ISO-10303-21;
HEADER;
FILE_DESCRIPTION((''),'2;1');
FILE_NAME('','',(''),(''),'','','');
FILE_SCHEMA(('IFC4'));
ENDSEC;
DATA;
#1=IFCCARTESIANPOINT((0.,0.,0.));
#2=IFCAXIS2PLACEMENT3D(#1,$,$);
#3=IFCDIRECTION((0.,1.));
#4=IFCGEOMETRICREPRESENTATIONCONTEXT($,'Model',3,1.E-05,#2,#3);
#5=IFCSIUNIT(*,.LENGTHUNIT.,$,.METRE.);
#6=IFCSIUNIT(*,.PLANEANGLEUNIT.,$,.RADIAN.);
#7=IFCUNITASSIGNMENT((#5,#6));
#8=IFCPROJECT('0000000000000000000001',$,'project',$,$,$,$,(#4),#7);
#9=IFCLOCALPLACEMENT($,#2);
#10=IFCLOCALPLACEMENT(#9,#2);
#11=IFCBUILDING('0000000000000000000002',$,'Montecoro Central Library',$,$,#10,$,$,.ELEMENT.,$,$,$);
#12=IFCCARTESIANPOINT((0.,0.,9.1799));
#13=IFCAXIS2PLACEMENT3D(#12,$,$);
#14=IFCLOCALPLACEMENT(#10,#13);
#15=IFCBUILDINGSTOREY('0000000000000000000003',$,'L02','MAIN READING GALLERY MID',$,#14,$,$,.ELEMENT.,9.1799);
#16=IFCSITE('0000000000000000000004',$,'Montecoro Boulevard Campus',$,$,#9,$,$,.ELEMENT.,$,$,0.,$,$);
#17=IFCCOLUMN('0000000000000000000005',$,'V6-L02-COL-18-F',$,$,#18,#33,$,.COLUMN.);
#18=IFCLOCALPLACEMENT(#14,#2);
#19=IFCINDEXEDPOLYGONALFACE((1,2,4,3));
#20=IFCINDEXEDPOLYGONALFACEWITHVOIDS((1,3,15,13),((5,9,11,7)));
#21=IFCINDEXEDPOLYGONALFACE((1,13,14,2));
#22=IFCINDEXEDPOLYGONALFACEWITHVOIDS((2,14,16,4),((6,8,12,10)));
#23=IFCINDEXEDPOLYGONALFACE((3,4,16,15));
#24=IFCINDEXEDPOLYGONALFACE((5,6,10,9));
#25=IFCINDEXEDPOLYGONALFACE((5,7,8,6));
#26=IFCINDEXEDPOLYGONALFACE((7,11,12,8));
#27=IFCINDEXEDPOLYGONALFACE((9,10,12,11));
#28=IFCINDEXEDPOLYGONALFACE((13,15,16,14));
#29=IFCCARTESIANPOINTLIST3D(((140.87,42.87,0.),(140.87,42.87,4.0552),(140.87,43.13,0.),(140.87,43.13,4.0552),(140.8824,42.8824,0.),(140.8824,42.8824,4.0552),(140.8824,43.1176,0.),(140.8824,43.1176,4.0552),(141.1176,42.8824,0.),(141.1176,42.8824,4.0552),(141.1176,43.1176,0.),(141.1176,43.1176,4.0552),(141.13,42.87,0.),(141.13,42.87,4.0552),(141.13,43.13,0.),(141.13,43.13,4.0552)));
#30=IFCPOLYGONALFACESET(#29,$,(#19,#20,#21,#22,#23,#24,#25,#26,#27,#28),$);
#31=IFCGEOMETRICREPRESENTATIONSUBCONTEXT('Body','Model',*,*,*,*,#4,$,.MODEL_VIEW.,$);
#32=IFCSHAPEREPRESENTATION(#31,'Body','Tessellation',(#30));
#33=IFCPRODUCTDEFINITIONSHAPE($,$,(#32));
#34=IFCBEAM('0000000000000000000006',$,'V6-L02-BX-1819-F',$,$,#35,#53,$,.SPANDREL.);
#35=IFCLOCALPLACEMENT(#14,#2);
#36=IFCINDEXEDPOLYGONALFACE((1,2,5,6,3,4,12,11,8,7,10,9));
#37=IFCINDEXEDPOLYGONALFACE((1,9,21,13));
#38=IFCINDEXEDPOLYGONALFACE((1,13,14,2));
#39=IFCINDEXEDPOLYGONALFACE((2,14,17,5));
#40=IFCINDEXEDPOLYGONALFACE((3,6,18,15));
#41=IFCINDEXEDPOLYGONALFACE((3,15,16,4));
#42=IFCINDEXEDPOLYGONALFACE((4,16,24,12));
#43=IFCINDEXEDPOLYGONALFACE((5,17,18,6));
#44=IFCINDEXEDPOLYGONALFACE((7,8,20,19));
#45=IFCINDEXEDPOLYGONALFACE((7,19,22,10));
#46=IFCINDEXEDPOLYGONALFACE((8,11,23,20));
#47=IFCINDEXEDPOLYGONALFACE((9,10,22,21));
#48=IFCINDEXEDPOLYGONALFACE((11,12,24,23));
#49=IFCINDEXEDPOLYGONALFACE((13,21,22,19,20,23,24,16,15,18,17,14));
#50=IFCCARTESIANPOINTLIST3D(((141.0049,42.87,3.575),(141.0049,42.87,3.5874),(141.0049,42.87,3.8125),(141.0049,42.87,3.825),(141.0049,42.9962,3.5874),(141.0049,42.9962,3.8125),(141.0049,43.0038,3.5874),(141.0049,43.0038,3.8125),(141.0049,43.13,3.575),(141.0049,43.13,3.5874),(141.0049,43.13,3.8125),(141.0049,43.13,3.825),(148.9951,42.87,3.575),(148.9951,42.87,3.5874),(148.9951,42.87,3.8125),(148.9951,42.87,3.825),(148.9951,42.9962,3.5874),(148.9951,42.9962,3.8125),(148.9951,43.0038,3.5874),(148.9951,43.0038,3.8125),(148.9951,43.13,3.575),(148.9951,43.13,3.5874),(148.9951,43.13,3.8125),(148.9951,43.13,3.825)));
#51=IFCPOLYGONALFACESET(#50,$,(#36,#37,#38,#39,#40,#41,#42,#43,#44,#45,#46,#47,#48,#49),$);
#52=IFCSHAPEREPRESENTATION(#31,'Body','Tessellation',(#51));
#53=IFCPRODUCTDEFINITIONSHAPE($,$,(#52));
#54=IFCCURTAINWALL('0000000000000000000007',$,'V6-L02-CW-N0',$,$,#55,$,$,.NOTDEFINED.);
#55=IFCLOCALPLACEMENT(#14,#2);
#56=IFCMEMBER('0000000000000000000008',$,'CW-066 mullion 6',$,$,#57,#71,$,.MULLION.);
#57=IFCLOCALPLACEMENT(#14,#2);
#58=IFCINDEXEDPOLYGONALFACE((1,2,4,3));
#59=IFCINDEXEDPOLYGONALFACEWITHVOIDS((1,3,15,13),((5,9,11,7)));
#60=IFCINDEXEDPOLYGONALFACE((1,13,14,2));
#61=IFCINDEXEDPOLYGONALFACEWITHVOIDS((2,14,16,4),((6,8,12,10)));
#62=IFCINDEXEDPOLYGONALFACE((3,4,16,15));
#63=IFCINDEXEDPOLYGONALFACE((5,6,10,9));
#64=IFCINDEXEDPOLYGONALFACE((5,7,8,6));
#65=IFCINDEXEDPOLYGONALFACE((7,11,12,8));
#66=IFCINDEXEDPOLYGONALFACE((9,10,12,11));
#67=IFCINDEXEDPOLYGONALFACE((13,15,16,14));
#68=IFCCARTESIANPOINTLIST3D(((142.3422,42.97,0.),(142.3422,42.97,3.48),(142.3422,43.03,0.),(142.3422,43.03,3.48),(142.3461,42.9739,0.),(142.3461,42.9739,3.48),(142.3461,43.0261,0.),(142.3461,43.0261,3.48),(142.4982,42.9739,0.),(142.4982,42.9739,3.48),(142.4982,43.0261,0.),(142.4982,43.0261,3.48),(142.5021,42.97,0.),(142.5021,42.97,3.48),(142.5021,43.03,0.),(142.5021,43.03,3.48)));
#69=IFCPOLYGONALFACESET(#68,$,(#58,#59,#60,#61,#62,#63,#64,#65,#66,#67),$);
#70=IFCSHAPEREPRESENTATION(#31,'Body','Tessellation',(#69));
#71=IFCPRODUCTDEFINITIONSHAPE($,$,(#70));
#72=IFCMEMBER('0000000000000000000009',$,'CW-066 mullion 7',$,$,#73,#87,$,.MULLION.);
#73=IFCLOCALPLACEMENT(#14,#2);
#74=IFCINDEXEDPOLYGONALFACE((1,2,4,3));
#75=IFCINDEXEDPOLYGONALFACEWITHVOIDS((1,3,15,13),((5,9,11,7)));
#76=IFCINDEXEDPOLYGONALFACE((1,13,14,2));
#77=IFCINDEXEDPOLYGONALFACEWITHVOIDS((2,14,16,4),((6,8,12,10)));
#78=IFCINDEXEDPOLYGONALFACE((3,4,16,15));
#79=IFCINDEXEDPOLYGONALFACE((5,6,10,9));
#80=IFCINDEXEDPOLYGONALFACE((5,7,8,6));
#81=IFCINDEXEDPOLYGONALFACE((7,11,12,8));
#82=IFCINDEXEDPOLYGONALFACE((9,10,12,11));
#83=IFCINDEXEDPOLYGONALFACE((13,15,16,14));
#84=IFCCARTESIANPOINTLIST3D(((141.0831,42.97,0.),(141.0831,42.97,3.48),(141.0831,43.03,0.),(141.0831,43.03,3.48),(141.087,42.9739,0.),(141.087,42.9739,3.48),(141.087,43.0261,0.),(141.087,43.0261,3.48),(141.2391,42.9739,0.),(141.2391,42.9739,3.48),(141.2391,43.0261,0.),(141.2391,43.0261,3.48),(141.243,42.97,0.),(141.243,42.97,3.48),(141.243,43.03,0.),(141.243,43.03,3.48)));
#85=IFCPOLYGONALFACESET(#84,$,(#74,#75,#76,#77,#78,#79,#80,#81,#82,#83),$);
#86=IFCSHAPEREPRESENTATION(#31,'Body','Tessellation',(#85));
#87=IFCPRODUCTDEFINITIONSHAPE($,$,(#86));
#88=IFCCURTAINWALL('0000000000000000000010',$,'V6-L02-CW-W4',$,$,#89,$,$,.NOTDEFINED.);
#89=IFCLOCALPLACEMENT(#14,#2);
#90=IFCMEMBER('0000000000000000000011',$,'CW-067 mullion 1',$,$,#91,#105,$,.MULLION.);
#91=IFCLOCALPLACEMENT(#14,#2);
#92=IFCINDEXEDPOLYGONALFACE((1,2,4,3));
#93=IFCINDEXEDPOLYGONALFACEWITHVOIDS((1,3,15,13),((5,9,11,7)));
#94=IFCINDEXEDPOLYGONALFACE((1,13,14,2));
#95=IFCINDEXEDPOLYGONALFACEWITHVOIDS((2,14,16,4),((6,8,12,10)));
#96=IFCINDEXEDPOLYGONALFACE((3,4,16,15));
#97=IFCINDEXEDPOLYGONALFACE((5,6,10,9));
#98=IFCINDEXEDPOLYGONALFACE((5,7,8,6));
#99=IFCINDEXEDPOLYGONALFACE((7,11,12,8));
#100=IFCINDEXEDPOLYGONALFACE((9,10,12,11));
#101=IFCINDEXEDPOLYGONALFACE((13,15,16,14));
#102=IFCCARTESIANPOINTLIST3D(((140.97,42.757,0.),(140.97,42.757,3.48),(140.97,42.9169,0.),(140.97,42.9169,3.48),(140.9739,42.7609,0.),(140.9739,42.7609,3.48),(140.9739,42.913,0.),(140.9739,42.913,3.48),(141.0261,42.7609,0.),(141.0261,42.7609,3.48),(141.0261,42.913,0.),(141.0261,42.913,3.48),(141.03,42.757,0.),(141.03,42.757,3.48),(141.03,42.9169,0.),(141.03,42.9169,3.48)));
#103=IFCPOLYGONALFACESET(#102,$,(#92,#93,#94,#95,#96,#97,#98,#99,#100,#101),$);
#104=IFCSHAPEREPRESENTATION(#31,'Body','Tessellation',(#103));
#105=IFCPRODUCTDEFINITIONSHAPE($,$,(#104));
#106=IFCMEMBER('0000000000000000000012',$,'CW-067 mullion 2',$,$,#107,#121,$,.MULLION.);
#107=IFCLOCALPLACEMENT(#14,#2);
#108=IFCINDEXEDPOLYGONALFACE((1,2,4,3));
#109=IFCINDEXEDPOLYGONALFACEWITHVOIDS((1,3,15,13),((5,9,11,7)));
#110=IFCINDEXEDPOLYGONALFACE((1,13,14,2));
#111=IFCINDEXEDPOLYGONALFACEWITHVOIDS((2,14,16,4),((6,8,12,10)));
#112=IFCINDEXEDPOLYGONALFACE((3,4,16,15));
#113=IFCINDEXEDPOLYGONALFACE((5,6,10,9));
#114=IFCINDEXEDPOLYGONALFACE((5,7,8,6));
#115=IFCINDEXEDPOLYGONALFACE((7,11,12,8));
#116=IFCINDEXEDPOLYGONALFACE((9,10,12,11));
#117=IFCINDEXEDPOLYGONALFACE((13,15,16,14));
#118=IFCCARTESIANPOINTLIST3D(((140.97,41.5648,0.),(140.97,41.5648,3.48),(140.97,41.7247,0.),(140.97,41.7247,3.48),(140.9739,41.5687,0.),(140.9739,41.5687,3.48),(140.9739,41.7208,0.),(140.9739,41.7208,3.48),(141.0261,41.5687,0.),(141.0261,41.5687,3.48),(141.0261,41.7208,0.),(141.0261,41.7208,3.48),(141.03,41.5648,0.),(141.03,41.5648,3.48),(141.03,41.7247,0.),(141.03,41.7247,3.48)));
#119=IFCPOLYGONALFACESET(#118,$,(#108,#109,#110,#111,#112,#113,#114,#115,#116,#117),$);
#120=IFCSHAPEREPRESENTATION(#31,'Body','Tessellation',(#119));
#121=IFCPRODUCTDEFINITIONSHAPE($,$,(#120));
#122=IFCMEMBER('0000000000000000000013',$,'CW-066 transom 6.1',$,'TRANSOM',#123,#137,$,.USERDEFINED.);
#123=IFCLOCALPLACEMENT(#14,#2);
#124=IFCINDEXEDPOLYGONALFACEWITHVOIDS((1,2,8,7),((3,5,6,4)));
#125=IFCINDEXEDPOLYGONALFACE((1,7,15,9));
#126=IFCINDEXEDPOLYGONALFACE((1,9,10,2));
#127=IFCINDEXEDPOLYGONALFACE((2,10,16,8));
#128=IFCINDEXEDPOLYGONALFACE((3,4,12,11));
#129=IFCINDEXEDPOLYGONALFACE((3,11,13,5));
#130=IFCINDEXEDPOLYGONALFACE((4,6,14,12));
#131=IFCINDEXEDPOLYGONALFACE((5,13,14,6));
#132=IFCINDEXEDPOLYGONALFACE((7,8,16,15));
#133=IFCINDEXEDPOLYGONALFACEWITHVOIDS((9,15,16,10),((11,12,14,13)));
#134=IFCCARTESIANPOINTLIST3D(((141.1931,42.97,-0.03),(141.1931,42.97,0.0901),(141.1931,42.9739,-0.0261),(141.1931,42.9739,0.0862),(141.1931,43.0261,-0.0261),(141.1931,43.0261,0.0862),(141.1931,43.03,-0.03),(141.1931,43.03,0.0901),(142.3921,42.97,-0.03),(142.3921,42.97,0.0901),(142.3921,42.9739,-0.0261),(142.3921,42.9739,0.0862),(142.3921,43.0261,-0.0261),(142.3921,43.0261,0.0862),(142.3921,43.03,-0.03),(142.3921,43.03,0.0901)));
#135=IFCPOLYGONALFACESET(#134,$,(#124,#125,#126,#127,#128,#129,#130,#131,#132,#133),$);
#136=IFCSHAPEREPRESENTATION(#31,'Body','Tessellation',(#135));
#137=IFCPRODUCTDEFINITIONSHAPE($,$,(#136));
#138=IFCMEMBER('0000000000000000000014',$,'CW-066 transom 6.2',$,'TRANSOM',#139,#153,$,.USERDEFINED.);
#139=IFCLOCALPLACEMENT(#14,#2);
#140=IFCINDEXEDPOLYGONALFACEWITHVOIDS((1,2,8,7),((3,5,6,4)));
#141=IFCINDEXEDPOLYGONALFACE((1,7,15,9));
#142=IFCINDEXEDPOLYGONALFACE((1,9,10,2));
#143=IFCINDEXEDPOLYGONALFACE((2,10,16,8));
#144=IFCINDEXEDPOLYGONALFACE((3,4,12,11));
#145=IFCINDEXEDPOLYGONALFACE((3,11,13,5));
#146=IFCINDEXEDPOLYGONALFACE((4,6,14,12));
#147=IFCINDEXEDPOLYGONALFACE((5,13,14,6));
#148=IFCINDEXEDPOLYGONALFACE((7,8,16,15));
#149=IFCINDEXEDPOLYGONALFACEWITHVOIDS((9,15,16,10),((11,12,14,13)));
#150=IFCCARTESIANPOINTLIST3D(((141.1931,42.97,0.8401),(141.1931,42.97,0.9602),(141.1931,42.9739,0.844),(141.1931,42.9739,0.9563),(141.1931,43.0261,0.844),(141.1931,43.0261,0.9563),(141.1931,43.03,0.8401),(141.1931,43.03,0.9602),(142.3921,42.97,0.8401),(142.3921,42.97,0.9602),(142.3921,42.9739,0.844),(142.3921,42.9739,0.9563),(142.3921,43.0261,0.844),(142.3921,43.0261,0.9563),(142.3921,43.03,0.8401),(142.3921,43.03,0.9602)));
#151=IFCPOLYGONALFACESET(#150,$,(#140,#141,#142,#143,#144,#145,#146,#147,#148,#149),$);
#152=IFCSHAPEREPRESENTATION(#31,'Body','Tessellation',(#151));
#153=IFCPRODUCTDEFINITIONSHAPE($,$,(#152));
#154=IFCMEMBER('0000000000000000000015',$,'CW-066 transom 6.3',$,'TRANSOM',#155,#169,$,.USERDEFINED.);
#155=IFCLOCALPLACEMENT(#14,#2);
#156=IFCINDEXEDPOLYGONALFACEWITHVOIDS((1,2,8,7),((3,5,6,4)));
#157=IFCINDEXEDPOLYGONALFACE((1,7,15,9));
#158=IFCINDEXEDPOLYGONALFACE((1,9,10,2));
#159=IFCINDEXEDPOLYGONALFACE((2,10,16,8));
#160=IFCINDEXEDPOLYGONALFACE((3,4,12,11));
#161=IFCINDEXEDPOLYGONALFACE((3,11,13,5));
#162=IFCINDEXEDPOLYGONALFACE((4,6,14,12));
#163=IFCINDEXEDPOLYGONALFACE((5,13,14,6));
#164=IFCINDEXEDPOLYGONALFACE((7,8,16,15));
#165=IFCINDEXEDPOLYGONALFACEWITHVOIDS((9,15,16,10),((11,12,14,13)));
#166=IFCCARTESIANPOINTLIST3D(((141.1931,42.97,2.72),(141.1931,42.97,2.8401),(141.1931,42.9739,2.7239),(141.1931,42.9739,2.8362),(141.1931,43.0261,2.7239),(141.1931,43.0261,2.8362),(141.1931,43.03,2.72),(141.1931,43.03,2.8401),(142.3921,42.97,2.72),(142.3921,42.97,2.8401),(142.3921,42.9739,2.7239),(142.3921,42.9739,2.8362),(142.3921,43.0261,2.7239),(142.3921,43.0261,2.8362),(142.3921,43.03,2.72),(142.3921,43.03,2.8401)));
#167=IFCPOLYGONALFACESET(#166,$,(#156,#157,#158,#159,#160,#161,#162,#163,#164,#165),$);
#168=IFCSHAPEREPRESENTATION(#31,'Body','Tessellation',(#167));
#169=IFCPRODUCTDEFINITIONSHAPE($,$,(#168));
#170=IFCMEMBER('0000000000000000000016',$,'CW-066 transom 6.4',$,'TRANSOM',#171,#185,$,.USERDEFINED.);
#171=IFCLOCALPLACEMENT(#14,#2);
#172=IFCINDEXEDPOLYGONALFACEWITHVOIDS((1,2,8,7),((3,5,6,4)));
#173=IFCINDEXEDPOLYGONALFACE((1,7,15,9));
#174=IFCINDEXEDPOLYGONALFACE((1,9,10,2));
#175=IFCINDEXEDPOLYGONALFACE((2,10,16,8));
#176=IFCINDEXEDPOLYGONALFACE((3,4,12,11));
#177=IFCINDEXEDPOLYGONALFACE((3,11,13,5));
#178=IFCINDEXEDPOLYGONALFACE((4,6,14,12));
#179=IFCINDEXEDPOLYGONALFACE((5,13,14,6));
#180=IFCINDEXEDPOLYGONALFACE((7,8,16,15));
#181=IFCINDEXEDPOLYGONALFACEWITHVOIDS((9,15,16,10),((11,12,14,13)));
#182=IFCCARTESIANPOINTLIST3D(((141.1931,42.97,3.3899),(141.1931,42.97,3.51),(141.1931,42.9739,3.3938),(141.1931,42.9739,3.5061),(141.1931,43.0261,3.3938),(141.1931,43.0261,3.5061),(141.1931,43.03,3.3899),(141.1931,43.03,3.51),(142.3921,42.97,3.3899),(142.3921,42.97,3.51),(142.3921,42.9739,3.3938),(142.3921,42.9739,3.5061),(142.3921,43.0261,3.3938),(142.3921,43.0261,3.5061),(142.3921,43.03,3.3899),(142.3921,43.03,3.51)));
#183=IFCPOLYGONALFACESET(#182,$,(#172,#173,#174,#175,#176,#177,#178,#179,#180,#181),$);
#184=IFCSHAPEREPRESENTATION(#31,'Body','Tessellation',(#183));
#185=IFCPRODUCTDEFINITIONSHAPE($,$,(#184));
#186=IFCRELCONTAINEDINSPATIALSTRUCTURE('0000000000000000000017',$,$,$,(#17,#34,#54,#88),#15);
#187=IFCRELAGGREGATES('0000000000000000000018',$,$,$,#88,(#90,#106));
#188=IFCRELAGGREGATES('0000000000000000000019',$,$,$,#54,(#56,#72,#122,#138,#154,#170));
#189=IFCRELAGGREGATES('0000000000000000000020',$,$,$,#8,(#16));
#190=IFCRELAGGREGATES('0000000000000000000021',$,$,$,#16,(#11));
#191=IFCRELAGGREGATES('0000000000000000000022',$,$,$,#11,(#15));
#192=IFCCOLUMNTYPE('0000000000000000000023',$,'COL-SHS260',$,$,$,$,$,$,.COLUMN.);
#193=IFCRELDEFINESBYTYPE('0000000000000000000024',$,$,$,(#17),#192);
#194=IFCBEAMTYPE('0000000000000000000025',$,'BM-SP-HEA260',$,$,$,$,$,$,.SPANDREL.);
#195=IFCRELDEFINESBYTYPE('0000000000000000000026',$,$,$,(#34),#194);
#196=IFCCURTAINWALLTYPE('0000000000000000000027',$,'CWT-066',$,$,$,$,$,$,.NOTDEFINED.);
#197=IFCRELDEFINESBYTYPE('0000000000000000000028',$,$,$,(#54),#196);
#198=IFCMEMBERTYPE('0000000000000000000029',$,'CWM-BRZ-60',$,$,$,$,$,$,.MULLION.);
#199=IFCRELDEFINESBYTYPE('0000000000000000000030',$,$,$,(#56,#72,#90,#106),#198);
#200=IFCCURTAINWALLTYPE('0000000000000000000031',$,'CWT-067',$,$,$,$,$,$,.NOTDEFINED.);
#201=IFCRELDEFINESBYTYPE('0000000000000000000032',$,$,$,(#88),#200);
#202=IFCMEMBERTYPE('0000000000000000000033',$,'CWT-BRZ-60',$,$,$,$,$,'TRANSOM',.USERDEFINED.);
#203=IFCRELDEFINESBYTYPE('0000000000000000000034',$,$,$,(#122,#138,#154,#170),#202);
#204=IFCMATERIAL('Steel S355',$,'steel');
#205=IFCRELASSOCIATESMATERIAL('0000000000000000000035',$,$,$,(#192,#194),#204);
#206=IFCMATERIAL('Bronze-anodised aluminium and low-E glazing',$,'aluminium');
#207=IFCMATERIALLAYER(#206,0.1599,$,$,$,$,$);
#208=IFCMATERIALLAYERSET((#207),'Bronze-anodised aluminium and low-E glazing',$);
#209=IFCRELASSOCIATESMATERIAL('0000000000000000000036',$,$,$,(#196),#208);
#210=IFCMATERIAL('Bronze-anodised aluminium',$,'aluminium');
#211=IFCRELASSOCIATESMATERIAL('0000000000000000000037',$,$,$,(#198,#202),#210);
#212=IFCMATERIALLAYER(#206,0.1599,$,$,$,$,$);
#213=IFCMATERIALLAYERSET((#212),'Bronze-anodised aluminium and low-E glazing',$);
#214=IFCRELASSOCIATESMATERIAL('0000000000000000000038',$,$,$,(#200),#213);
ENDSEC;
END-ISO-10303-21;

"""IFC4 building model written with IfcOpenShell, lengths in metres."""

from ifc_helpers import new_model, si_unit, direction, frame, origin, origin_2d, place, context, subcontext, project, spatial, hollow_rectangle, i_section, extrude, material, layer, layer_set, material_profile, profile_set, type_object, element, aggregate, save


model = new_model("IFC4")

# Units and contexts
model_context = context("Model", 3, precision=1e-05, world=origin(), true_north=direction((0.0, 1.0)))
body_context = subcontext(model_context, "Body", "Model", "MODEL_VIEW")
ifc_project = project(units=[si_unit("LENGTHUNIT", "METRE"), si_unit("PLANEANGLEUNIT", "RADIAN")], contexts=[model_context])

# Site, building, storey
site_placement = place(None, origin())
site = spatial("IfcSite", under=ifc_project, at=site_placement, Name="Montecoro Boulevard Campus", CompositionType="ELEMENT", RefElevation=0.0)
building_placement = place(site_placement, origin())
building = spatial("IfcBuilding", under=site, at=building_placement, Name="Montecoro Central Library", CompositionType="ELEMENT")
storey_placement = place(building_placement, frame((0.0, 0.0, 9.1799)))
storey = spatial("IfcBuildingStorey", under=building, at=storey_placement, Name="L02", Description="MAIN READING GALLERY MID", CompositionType="ELEMENT", Elevation=9.1799)

# Column
ifc_material_1 = material(Name="Steel S355", Category="steel")
ifc_material_profile_1 = material_profile(ifc_material_1, hollow_rectangle(XDim=0.26, YDim=0.26, WallThickness=0.0125, at=origin_2d()), Name="SHS 260x260x12.5")
ifc_profile_set_1 = profile_set([ifc_material_profile_1], Name="Steel S355")
column_type = type_object("IfcColumnType", Name="COL-SHS260", PredefinedType="COLUMN", material=ifc_profile_set_1)
column_placement = place(storey_placement, frame((141.0, 43.0, 0.0), z_axis=(0.0, 0.0, 1.0), x_axis=(1.0, 0.0, 0.0)))
element("IfcColumn", 1, at=column_placement, inside=storey, type_object=column_type, Name="V6-L02-COL-18-F", PredefinedType="COLUMN", context=body_context, shape_type="SweptSolid", body=[
    extrude(hollow_rectangle(XDim=0.26, YDim=0.26, WallThickness=0.0125, at=origin_2d()), origin(), (0.0, 0.0, 1.0), 4.0552),
])

# Beam
ifc_material_profile_2 = material_profile(ifc_material_1, i_section(OverallWidth=0.26, OverallDepth=0.25, WebThickness=0.0076, FlangeThickness=0.0125, at=origin_2d()), Name="HEA 260")
ifc_profile_set_2 = profile_set([ifc_material_profile_2], Name="Steel S355")
beam_type = type_object("IfcBeamType", Name="BM-SP-HEA260", PredefinedType="SPANDREL", material=ifc_profile_set_2)
beam_placement = place(storey_placement, frame((141.0049, 43.0, 3.7), z_axis=(1.0, 0.0, 0.0), x_axis=(0.0, 1.0, 0.0)))
element("IfcBeam", 2, at=beam_placement, inside=storey, type_object=beam_type, Name="V6-L02-BX-1819-F", PredefinedType="SPANDREL", context=body_context, shape_type="SweptSolid", body=[
    extrude(i_section(OverallWidth=0.26, OverallDepth=0.25, WebThickness=0.0076, FlangeThickness=0.0125, at=origin_2d()), origin(), (0.0, 0.0, 1.0), 7.9902),
])

# Curtain walls, members
ifc_material_2 = material(Name="Bronze-anodised aluminium and low-E glazing", Category="aluminium")
ifc_layer_1 = layer(ifc_material_2, 0.1599)
ifc_layer_set_1 = layer_set([ifc_layer_1], Name="Bronze-anodised aluminium and low-E glazing")
curtain_wall_type_1 = type_object("IfcCurtainWallType", Name="CWT-066", PredefinedType="NOTDEFINED", material=ifc_layer_set_1)
curtain_wall_1_placement = place(storey_placement, origin())
curtain_wall_1 = element("IfcCurtainWall", 3, at=curtain_wall_1_placement, inside=storey, type_object=curtain_wall_type_1, Name="V6-L02-CW-N0", PredefinedType="NOTDEFINED")
ifc_material_3 = material(Name="Bronze-anodised aluminium", Category="aluminium")
ifc_material_profile_3 = material_profile(ifc_material_3, hollow_rectangle(XDim=0.0601, YDim=0.1599, WallThickness=0.0039, at=origin_2d()), Name="CWM 160x60x4.0")
ifc_profile_set_3 = profile_set([ifc_material_profile_3], Name="Bronze-anodised aluminium")
member_type_1 = type_object("IfcMemberType", Name="CWM-BRZ-60", PredefinedType="MULLION", material=ifc_profile_set_3)
member_1_placement = place(storey_placement, frame((142.4221, 43.0, 0.0), z_axis=(0.0, 0.0, 1.0), x_axis=(0.0, -1.0, 0.0)))
member_1 = element("IfcMember", 4, at=member_1_placement, type_object=member_type_1, Name="CW-066 mullion 6", PredefinedType="MULLION", context=body_context, shape_type="SweptSolid", body=[
    extrude(hollow_rectangle(XDim=0.0601, YDim=0.1599, WallThickness=0.0039, at=origin_2d()), origin(), (0.0, 0.0, 1.0), 3.48),
])
member_2_placement = place(storey_placement, frame((141.1631, 43.0, 0.0), z_axis=(0.0, 0.0, 1.0), x_axis=(0.0, -1.0, 0.0)))
member_2 = element("IfcMember", 5, at=member_2_placement, type_object=member_type_1, Name="CW-066 mullion 7", PredefinedType="MULLION", context=body_context, shape_type="SweptSolid", body=[
    extrude(hollow_rectangle(XDim=0.0601, YDim=0.1599, WallThickness=0.0039, at=origin_2d()), origin(), (0.0, 0.0, 1.0), 3.48),
])
ifc_layer_2 = layer(ifc_material_2, 0.1599)
ifc_layer_set_2 = layer_set([ifc_layer_2], Name="Bronze-anodised aluminium and low-E glazing")
curtain_wall_type_2 = type_object("IfcCurtainWallType", Name="CWT-067", PredefinedType="NOTDEFINED", material=ifc_layer_set_2)
curtain_wall_2_placement = place(storey_placement, origin())
curtain_wall_2 = element("IfcCurtainWall", 6, at=curtain_wall_2_placement, inside=storey, type_object=curtain_wall_type_2, Name="V6-L02-CW-W4", PredefinedType="NOTDEFINED")
member_3_placement = place(storey_placement, frame((141.0, 42.8369, 0.0), z_axis=(0.0, 0.0, 1.0), x_axis=(1.0, 0.0, 0.0)))
member_3 = element("IfcMember", 7, at=member_3_placement, type_object=member_type_1, Name="CW-067 mullion 1", PredefinedType="MULLION", context=body_context, shape_type="SweptSolid", body=[
    extrude(hollow_rectangle(XDim=0.0601, YDim=0.1599, WallThickness=0.0039, at=origin_2d()), origin(), (0.0, 0.0, 1.0), 3.48),
])
member_4_placement = place(storey_placement, frame((141.0, 41.6448, 0.0), z_axis=(0.0, 0.0, 1.0), x_axis=(1.0, 0.0, 0.0)))
member_4 = element("IfcMember", 8, at=member_4_placement, type_object=member_type_1, Name="CW-067 mullion 2", PredefinedType="MULLION", context=body_context, shape_type="SweptSolid", body=[
    extrude(hollow_rectangle(XDim=0.0601, YDim=0.1599, WallThickness=0.0039, at=origin_2d()), origin(), (0.0, 0.0, 1.0), 3.48),
])

# Members
ifc_material_profile_4 = material_profile(ifc_material_3, hollow_rectangle(XDim=0.0601, YDim=0.1201, WallThickness=0.0039, at=origin_2d()), Name="CWT 120x60x4.0")
ifc_profile_set_4 = profile_set([ifc_material_profile_4], Name="Bronze-anodised aluminium")
member_type_2 = type_object("IfcMemberType", Name="CWT-BRZ-60", ElementType="TRANSOM", PredefinedType="USERDEFINED", material=ifc_profile_set_4)
member_5_placement = place(storey_placement, frame((142.3921, 43.0, 0.03), z_axis=(-1.0, 0.0, 0.0), x_axis=(0.0, -1.0, 0.0)))
member_5 = element("IfcMember", 9, at=member_5_placement, type_object=member_type_2, Name="CW-066 transom 6.1", ObjectType="TRANSOM", PredefinedType="USERDEFINED", context=body_context, shape_type="SweptSolid", body=[
    extrude(hollow_rectangle(XDim=0.0601, YDim=0.1201, WallThickness=0.0039, at=origin_2d()), origin(), (0.0, 0.0, 1.0), 1.199),
])
member_6_placement = place(storey_placement, frame((142.3921, 43.0, 0.9001), z_axis=(-1.0, 0.0, 0.0), x_axis=(0.0, -1.0, 0.0)))
member_6 = element("IfcMember", 10, at=member_6_placement, type_object=member_type_2, Name="CW-066 transom 6.2", ObjectType="TRANSOM", PredefinedType="USERDEFINED", context=body_context, shape_type="SweptSolid", body=[
    extrude(hollow_rectangle(XDim=0.0601, YDim=0.1201, WallThickness=0.0039, at=origin_2d()), origin(), (0.0, 0.0, 1.0), 1.199),
])
member_7_placement = place(storey_placement, frame((142.3921, 43.0, 2.78), z_axis=(-1.0, 0.0, 0.0), x_axis=(0.0, -1.0, 0.0)))
member_7 = element("IfcMember", 11, at=member_7_placement, type_object=member_type_2, Name="CW-066 transom 6.3", ObjectType="TRANSOM", PredefinedType="USERDEFINED", context=body_context, shape_type="SweptSolid", body=[
    extrude(hollow_rectangle(XDim=0.0601, YDim=0.1201, WallThickness=0.0039, at=origin_2d()), origin(), (0.0, 0.0, 1.0), 1.199),
])
member_8_placement = place(storey_placement, frame((142.3921, 43.0, 3.45), z_axis=(-1.0, 0.0, 0.0), x_axis=(0.0, -1.0, 0.0)))
member_8 = element("IfcMember", 12, at=member_8_placement, type_object=member_type_2, Name="CW-066 transom 6.4", ObjectType="TRANSOM", PredefinedType="USERDEFINED", context=body_context, shape_type="SweptSolid", body=[
    extrude(hollow_rectangle(XDim=0.0601, YDim=0.1201, WallThickness=0.0039, at=origin_2d()), origin(), (0.0, 0.0, 1.0), 1.199),
])

aggregate(curtain_wall_2, [member_3, member_4])
aggregate(curtain_wall_1, [member_1, member_2, member_5, member_6, member_7, member_8])

save(model, "model.ifc")
